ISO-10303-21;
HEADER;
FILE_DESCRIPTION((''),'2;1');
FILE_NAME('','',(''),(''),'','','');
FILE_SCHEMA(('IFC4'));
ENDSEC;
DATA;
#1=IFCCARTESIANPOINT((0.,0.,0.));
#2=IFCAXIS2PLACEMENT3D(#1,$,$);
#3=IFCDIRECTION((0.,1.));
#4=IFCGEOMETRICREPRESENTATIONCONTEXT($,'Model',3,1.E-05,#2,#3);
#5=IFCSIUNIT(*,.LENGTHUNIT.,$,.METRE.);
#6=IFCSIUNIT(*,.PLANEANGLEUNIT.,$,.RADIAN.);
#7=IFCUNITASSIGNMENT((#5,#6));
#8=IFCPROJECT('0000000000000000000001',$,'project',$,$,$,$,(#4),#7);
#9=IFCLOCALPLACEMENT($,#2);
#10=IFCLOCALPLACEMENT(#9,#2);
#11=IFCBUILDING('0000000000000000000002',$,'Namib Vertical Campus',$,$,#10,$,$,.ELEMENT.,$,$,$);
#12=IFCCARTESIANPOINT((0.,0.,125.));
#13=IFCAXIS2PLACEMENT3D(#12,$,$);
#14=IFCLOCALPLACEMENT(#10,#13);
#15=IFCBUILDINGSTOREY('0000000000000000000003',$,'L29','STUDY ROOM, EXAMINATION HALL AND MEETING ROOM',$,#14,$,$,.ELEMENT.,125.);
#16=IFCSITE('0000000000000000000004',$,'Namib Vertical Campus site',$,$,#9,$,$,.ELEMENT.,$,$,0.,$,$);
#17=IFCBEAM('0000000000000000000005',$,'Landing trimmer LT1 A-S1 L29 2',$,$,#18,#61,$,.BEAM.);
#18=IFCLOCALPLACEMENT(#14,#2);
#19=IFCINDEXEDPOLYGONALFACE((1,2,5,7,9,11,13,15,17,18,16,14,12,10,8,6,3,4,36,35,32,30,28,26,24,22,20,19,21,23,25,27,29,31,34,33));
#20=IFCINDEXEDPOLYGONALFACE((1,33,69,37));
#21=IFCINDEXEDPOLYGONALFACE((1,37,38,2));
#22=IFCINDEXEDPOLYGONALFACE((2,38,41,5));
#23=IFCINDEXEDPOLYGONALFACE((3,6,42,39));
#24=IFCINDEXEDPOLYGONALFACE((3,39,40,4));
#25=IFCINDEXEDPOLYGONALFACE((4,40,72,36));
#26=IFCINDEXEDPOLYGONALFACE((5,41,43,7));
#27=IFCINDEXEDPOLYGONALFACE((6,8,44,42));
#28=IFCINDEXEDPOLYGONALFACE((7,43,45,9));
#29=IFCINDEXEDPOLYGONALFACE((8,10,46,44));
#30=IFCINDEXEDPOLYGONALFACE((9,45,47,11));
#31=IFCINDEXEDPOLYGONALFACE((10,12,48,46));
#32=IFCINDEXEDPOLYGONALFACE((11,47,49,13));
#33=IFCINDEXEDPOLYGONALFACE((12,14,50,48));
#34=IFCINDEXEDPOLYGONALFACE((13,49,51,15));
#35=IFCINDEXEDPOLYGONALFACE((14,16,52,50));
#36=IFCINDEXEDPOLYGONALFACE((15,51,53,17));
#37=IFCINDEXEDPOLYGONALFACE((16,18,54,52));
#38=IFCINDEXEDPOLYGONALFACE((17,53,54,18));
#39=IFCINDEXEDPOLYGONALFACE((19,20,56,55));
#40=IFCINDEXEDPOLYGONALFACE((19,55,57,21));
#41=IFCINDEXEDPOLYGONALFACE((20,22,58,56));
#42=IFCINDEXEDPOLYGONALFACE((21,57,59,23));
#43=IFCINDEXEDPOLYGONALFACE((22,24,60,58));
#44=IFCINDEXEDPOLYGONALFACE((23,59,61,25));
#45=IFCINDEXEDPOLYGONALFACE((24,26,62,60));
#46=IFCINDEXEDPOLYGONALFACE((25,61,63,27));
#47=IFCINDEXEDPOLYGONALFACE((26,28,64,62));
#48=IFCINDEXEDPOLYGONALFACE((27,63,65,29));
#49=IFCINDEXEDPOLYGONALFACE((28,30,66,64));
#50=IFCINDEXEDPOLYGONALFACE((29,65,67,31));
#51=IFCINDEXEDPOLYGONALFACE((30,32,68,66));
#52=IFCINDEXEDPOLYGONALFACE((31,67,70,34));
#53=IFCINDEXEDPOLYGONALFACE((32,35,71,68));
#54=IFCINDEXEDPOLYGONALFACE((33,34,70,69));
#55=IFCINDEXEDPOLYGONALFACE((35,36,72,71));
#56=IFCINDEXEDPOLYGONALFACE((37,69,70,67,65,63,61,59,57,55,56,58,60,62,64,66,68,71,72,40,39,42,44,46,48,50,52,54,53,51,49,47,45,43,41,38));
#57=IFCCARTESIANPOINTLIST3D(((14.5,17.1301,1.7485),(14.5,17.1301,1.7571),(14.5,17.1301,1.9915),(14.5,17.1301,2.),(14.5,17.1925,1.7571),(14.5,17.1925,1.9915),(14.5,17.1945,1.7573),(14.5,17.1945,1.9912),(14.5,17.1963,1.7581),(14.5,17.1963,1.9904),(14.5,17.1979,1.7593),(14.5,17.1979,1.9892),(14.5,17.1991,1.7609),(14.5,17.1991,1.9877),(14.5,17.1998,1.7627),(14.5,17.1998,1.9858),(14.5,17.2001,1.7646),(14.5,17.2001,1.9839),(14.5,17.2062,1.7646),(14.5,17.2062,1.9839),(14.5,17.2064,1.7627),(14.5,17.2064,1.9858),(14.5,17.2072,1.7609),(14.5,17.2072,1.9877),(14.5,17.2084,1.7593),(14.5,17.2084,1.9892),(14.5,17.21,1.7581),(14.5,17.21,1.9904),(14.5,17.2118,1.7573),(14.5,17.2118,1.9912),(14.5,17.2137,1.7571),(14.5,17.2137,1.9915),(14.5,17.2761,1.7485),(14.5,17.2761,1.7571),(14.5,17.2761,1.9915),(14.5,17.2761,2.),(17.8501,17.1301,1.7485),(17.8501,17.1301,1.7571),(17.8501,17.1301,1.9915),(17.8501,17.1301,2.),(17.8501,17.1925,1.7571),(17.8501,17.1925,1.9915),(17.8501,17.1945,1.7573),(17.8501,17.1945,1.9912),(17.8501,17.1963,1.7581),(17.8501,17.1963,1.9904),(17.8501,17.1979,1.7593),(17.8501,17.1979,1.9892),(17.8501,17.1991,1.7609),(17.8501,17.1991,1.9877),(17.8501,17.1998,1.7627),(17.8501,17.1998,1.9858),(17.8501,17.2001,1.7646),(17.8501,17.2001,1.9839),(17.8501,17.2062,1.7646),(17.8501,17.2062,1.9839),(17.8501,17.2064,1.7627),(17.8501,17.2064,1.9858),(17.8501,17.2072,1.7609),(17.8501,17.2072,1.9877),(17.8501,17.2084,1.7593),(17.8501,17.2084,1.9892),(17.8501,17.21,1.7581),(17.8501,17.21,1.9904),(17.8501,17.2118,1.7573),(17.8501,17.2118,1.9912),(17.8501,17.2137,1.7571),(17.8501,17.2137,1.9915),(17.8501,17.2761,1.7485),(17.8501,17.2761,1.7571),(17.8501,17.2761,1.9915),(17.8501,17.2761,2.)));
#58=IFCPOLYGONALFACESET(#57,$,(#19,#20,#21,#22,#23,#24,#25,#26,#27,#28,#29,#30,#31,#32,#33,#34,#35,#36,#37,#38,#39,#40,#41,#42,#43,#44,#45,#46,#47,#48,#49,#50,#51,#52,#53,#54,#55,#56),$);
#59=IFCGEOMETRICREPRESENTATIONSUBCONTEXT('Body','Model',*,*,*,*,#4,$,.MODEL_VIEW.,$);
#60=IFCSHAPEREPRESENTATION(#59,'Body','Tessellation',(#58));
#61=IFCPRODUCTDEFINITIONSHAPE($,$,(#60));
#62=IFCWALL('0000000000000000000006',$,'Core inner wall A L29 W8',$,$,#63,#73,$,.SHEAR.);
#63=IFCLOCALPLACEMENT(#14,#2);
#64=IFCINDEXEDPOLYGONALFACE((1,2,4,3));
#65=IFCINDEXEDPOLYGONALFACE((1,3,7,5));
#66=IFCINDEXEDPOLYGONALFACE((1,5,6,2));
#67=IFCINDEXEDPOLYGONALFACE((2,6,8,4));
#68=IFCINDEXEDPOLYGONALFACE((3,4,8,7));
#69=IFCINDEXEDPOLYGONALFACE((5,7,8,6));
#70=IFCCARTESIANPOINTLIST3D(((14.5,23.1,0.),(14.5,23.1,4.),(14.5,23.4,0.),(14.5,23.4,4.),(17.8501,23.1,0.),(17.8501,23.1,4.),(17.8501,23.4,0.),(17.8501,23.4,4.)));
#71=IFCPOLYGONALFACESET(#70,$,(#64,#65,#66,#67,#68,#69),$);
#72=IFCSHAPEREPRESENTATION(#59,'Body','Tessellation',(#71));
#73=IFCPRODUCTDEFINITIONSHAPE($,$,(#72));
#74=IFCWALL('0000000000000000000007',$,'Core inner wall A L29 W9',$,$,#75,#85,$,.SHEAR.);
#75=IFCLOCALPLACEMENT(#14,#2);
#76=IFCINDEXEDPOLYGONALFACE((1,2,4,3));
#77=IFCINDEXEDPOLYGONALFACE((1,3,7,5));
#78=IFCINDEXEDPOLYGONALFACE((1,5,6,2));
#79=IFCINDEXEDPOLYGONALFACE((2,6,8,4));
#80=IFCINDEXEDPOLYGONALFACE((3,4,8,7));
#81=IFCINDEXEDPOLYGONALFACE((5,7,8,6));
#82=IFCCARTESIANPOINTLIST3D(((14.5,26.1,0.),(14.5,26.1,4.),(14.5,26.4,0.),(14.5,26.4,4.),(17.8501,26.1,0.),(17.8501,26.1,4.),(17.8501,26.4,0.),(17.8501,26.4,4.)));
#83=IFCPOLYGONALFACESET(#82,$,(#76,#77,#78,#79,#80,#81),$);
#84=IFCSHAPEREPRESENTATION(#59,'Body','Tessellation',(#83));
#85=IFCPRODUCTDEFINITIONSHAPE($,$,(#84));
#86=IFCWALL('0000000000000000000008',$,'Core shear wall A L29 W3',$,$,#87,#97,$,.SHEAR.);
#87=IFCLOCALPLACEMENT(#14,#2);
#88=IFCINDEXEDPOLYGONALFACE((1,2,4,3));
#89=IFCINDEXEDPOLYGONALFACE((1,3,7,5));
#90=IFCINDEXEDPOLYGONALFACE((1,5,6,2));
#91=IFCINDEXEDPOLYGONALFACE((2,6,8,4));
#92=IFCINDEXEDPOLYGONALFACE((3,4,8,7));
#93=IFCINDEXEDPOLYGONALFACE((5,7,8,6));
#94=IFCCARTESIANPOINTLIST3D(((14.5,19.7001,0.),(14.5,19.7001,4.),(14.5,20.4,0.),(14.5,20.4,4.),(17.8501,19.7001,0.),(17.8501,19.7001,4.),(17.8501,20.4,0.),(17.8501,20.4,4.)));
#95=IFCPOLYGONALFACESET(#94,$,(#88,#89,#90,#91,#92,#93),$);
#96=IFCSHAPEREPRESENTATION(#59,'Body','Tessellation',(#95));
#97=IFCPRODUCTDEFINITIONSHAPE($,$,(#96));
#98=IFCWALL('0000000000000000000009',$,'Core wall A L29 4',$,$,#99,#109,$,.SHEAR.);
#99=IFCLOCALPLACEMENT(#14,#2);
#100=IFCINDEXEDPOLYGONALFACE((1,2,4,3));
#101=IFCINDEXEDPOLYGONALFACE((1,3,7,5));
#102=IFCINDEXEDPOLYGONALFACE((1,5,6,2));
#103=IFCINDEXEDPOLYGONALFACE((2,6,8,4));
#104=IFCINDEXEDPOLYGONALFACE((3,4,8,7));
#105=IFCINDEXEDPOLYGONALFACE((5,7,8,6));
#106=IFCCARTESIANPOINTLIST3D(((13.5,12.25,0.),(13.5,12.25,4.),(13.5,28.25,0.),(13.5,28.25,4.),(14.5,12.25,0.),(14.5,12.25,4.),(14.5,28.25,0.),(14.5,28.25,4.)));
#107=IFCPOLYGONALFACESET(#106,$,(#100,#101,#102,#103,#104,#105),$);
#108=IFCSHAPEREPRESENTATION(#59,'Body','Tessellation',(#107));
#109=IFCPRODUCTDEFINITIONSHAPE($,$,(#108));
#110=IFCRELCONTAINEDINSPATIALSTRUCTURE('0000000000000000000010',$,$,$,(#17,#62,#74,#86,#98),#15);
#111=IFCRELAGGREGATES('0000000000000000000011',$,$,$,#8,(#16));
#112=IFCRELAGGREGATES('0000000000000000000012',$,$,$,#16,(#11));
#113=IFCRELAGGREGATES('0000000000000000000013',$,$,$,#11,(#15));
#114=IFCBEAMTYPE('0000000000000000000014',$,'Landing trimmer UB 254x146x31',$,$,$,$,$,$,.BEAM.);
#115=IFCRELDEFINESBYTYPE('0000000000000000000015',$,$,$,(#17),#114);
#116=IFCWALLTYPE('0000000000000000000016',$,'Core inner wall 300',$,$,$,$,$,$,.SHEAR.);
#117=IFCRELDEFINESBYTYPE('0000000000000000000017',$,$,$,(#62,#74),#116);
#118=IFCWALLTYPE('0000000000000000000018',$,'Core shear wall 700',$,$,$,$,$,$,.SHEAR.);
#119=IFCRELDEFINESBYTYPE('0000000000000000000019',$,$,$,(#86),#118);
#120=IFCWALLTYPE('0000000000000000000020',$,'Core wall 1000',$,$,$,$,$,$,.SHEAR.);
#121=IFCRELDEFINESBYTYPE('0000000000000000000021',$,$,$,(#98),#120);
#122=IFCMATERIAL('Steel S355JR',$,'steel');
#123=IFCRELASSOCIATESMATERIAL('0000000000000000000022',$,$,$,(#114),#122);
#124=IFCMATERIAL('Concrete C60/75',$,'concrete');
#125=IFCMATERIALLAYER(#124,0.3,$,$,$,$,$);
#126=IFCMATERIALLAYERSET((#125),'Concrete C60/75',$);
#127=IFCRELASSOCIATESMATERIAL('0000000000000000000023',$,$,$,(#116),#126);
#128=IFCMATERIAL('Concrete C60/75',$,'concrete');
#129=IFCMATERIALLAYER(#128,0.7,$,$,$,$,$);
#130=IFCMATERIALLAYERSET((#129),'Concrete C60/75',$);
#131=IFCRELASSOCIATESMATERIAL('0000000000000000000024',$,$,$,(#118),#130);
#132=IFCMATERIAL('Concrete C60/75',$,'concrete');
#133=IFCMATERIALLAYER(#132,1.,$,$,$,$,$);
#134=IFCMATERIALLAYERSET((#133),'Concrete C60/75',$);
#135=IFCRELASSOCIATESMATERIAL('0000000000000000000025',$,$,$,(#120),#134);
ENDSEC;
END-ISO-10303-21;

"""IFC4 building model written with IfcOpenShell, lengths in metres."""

from ifc_helpers import new_model, si_unit, direction, frame, frame_2d, origin, origin_2d, place, context, subcontext, project, spatial, rectangle, i_section, extrude, material, layer, layer_set, material_profile, profile_set, type_object, element, save


model = new_model("IFC4")

# Units and contexts
model_context = context("Model", 3, precision=1e-05, world=origin(), true_north=direction((0.0, 1.0)))
body_context = subcontext(model_context, "Body", "Model", "MODEL_VIEW")
ifc_project = project(units=[si_unit("LENGTHUNIT", "METRE"), si_unit("PLANEANGLEUNIT", "RADIAN")], contexts=[model_context])

# Site, building, storey
site_placement = place(None, origin())
site = spatial("IfcSite", under=ifc_project, at=site_placement, Name="Namib Vertical Campus site", CompositionType="ELEMENT", RefElevation=0.0)
building_placement = place(site_placement, origin())
building = spatial("IfcBuilding", under=site, at=building_placement, Name="Namib Vertical Campus", CompositionType="ELEMENT")
storey_placement = place(building_placement, frame((0.0, 0.0, 125.0)))
storey = spatial("IfcBuildingStorey", under=building, at=storey_placement, Name="L29", Description="STUDY ROOM, EXAMINATION HALL AND MEETING ROOM", CompositionType="ELEMENT", Elevation=125.0)

# Beam
ifc_material_1 = material(Name="Steel S355JR", Category="steel")
ifc_material_profile = material_profile(ifc_material_1, i_section(OverallWidth=0.146, OverallDepth=0.2515, WebThickness=0.0061, FlangeThickness=0.0085, FilletRadius=0.0076, at=origin_2d()))
ifc_profile_set = profile_set([ifc_material_profile], Name="Steel S355JR")
beam_type = type_object("IfcBeamType", Name="Landing trimmer UB 254x146x31", PredefinedType="BEAM", material=ifc_profile_set)
beam_placement = place(storey_placement, frame((14.5, 17.2031, 1.8743), z_axis=(1.0, 0.0, 0.0), x_axis=(0.0, 1.0, 0.0)))
element("IfcBeam", 1, at=beam_placement, inside=storey, type_object=beam_type, Name="Landing trimmer LT1 A-S1 L29 2", PredefinedType="BEAM", context=body_context, shape_type="SweptSolid", body=[
    extrude(i_section(OverallWidth=0.146, OverallDepth=0.2515, WebThickness=0.0061, FlangeThickness=0.0085, FilletRadius=0.0076, at=origin_2d()), origin(), (0.0, 0.0, 1.0), 3.3501),
])

# Walls
ifc_material_2 = material(Name="Concrete C60/75", Category="concrete")
ifc_layer_1 = layer(ifc_material_2, 0.3)
ifc_layer_set_1 = layer_set([ifc_layer_1], Name="Concrete C60/75")
wall_type_1 = type_object("IfcWallType", Name="Core inner wall 300", PredefinedType="SHEAR", material=ifc_layer_set_1)
for number, where, z_axis, x_axis, name in (
    (2, (14.5, 23.25, 0.0), (0.0, 0.0, 1.0), (1.0, 0.0, 0.0), "Core inner wall A L29 W8"),
    (3, (14.5, 26.25, 0.0), (0.0, 0.0, 1.0), (1.0, 0.0, 0.0), "Core inner wall A L29 W9"),
):
    element("IfcWall", number, at=place(storey_placement, frame(where, z_axis=z_axis, x_axis=x_axis)), inside=storey, type_object=wall_type_1, Name=name, PredefinedType="SHEAR", context=body_context, shape_type="SweptSolid", body=[
        extrude(rectangle(XDim=3.3501, YDim=0.3, at=frame_2d((1.675, 0.0))), origin(), (0.0, 0.0, 1.0), 4.0),
    ])
ifc_material_3 = material(Name="Concrete C60/75", Category="concrete")
ifc_layer_2 = layer(ifc_material_3, 0.7)
ifc_layer_set_2 = layer_set([ifc_layer_2], Name="Concrete C60/75")
wall_type_2 = type_object("IfcWallType", Name="Core shear wall 700", PredefinedType="SHEAR", material=ifc_layer_set_2)
wall_1_placement = place(storey_placement, frame((14.5, 20.05, 0.0), z_axis=(0.0, 0.0, 1.0), x_axis=(1.0, 0.0, 0.0)))
element("IfcWall", 4, at=wall_1_placement, inside=storey, type_object=wall_type_2, Name="Core shear wall A L29 W3", PredefinedType="SHEAR", context=body_context, shape_type="SweptSolid", body=[
    extrude(rectangle(XDim=3.3501, YDim=0.7, at=frame_2d((1.675, 0.0))), origin(), (0.0, 0.0, 1.0), 4.0),
])
ifc_material_4 = material(Name="Concrete C60/75", Category="concrete")
ifc_layer_3 = layer(ifc_material_4, 1.0)
ifc_layer_set_3 = layer_set([ifc_layer_3], Name="Concrete C60/75")
wall_type_3 = type_object("IfcWallType", Name="Core wall 1000", PredefinedType="SHEAR", material=ifc_layer_set_3)
wall_2_placement = place(storey_placement, frame((14.0, 28.25, 0.0), z_axis=(0.0, 0.0, 1.0), x_axis=(0.0, -1.0, 0.0)))
element("IfcWall", 5, at=wall_2_placement, inside=storey, type_object=wall_type_3, Name="Core wall A L29 4", PredefinedType="SHEAR", context=body_context, shape_type="SweptSolid", body=[
    extrude(rectangle(XDim=16.0, YDim=1.0, at=frame_2d((8.0, 0.0))), origin(), (0.0, 0.0, 1.0), 4.0),
])

save(model, "model.ifc")
